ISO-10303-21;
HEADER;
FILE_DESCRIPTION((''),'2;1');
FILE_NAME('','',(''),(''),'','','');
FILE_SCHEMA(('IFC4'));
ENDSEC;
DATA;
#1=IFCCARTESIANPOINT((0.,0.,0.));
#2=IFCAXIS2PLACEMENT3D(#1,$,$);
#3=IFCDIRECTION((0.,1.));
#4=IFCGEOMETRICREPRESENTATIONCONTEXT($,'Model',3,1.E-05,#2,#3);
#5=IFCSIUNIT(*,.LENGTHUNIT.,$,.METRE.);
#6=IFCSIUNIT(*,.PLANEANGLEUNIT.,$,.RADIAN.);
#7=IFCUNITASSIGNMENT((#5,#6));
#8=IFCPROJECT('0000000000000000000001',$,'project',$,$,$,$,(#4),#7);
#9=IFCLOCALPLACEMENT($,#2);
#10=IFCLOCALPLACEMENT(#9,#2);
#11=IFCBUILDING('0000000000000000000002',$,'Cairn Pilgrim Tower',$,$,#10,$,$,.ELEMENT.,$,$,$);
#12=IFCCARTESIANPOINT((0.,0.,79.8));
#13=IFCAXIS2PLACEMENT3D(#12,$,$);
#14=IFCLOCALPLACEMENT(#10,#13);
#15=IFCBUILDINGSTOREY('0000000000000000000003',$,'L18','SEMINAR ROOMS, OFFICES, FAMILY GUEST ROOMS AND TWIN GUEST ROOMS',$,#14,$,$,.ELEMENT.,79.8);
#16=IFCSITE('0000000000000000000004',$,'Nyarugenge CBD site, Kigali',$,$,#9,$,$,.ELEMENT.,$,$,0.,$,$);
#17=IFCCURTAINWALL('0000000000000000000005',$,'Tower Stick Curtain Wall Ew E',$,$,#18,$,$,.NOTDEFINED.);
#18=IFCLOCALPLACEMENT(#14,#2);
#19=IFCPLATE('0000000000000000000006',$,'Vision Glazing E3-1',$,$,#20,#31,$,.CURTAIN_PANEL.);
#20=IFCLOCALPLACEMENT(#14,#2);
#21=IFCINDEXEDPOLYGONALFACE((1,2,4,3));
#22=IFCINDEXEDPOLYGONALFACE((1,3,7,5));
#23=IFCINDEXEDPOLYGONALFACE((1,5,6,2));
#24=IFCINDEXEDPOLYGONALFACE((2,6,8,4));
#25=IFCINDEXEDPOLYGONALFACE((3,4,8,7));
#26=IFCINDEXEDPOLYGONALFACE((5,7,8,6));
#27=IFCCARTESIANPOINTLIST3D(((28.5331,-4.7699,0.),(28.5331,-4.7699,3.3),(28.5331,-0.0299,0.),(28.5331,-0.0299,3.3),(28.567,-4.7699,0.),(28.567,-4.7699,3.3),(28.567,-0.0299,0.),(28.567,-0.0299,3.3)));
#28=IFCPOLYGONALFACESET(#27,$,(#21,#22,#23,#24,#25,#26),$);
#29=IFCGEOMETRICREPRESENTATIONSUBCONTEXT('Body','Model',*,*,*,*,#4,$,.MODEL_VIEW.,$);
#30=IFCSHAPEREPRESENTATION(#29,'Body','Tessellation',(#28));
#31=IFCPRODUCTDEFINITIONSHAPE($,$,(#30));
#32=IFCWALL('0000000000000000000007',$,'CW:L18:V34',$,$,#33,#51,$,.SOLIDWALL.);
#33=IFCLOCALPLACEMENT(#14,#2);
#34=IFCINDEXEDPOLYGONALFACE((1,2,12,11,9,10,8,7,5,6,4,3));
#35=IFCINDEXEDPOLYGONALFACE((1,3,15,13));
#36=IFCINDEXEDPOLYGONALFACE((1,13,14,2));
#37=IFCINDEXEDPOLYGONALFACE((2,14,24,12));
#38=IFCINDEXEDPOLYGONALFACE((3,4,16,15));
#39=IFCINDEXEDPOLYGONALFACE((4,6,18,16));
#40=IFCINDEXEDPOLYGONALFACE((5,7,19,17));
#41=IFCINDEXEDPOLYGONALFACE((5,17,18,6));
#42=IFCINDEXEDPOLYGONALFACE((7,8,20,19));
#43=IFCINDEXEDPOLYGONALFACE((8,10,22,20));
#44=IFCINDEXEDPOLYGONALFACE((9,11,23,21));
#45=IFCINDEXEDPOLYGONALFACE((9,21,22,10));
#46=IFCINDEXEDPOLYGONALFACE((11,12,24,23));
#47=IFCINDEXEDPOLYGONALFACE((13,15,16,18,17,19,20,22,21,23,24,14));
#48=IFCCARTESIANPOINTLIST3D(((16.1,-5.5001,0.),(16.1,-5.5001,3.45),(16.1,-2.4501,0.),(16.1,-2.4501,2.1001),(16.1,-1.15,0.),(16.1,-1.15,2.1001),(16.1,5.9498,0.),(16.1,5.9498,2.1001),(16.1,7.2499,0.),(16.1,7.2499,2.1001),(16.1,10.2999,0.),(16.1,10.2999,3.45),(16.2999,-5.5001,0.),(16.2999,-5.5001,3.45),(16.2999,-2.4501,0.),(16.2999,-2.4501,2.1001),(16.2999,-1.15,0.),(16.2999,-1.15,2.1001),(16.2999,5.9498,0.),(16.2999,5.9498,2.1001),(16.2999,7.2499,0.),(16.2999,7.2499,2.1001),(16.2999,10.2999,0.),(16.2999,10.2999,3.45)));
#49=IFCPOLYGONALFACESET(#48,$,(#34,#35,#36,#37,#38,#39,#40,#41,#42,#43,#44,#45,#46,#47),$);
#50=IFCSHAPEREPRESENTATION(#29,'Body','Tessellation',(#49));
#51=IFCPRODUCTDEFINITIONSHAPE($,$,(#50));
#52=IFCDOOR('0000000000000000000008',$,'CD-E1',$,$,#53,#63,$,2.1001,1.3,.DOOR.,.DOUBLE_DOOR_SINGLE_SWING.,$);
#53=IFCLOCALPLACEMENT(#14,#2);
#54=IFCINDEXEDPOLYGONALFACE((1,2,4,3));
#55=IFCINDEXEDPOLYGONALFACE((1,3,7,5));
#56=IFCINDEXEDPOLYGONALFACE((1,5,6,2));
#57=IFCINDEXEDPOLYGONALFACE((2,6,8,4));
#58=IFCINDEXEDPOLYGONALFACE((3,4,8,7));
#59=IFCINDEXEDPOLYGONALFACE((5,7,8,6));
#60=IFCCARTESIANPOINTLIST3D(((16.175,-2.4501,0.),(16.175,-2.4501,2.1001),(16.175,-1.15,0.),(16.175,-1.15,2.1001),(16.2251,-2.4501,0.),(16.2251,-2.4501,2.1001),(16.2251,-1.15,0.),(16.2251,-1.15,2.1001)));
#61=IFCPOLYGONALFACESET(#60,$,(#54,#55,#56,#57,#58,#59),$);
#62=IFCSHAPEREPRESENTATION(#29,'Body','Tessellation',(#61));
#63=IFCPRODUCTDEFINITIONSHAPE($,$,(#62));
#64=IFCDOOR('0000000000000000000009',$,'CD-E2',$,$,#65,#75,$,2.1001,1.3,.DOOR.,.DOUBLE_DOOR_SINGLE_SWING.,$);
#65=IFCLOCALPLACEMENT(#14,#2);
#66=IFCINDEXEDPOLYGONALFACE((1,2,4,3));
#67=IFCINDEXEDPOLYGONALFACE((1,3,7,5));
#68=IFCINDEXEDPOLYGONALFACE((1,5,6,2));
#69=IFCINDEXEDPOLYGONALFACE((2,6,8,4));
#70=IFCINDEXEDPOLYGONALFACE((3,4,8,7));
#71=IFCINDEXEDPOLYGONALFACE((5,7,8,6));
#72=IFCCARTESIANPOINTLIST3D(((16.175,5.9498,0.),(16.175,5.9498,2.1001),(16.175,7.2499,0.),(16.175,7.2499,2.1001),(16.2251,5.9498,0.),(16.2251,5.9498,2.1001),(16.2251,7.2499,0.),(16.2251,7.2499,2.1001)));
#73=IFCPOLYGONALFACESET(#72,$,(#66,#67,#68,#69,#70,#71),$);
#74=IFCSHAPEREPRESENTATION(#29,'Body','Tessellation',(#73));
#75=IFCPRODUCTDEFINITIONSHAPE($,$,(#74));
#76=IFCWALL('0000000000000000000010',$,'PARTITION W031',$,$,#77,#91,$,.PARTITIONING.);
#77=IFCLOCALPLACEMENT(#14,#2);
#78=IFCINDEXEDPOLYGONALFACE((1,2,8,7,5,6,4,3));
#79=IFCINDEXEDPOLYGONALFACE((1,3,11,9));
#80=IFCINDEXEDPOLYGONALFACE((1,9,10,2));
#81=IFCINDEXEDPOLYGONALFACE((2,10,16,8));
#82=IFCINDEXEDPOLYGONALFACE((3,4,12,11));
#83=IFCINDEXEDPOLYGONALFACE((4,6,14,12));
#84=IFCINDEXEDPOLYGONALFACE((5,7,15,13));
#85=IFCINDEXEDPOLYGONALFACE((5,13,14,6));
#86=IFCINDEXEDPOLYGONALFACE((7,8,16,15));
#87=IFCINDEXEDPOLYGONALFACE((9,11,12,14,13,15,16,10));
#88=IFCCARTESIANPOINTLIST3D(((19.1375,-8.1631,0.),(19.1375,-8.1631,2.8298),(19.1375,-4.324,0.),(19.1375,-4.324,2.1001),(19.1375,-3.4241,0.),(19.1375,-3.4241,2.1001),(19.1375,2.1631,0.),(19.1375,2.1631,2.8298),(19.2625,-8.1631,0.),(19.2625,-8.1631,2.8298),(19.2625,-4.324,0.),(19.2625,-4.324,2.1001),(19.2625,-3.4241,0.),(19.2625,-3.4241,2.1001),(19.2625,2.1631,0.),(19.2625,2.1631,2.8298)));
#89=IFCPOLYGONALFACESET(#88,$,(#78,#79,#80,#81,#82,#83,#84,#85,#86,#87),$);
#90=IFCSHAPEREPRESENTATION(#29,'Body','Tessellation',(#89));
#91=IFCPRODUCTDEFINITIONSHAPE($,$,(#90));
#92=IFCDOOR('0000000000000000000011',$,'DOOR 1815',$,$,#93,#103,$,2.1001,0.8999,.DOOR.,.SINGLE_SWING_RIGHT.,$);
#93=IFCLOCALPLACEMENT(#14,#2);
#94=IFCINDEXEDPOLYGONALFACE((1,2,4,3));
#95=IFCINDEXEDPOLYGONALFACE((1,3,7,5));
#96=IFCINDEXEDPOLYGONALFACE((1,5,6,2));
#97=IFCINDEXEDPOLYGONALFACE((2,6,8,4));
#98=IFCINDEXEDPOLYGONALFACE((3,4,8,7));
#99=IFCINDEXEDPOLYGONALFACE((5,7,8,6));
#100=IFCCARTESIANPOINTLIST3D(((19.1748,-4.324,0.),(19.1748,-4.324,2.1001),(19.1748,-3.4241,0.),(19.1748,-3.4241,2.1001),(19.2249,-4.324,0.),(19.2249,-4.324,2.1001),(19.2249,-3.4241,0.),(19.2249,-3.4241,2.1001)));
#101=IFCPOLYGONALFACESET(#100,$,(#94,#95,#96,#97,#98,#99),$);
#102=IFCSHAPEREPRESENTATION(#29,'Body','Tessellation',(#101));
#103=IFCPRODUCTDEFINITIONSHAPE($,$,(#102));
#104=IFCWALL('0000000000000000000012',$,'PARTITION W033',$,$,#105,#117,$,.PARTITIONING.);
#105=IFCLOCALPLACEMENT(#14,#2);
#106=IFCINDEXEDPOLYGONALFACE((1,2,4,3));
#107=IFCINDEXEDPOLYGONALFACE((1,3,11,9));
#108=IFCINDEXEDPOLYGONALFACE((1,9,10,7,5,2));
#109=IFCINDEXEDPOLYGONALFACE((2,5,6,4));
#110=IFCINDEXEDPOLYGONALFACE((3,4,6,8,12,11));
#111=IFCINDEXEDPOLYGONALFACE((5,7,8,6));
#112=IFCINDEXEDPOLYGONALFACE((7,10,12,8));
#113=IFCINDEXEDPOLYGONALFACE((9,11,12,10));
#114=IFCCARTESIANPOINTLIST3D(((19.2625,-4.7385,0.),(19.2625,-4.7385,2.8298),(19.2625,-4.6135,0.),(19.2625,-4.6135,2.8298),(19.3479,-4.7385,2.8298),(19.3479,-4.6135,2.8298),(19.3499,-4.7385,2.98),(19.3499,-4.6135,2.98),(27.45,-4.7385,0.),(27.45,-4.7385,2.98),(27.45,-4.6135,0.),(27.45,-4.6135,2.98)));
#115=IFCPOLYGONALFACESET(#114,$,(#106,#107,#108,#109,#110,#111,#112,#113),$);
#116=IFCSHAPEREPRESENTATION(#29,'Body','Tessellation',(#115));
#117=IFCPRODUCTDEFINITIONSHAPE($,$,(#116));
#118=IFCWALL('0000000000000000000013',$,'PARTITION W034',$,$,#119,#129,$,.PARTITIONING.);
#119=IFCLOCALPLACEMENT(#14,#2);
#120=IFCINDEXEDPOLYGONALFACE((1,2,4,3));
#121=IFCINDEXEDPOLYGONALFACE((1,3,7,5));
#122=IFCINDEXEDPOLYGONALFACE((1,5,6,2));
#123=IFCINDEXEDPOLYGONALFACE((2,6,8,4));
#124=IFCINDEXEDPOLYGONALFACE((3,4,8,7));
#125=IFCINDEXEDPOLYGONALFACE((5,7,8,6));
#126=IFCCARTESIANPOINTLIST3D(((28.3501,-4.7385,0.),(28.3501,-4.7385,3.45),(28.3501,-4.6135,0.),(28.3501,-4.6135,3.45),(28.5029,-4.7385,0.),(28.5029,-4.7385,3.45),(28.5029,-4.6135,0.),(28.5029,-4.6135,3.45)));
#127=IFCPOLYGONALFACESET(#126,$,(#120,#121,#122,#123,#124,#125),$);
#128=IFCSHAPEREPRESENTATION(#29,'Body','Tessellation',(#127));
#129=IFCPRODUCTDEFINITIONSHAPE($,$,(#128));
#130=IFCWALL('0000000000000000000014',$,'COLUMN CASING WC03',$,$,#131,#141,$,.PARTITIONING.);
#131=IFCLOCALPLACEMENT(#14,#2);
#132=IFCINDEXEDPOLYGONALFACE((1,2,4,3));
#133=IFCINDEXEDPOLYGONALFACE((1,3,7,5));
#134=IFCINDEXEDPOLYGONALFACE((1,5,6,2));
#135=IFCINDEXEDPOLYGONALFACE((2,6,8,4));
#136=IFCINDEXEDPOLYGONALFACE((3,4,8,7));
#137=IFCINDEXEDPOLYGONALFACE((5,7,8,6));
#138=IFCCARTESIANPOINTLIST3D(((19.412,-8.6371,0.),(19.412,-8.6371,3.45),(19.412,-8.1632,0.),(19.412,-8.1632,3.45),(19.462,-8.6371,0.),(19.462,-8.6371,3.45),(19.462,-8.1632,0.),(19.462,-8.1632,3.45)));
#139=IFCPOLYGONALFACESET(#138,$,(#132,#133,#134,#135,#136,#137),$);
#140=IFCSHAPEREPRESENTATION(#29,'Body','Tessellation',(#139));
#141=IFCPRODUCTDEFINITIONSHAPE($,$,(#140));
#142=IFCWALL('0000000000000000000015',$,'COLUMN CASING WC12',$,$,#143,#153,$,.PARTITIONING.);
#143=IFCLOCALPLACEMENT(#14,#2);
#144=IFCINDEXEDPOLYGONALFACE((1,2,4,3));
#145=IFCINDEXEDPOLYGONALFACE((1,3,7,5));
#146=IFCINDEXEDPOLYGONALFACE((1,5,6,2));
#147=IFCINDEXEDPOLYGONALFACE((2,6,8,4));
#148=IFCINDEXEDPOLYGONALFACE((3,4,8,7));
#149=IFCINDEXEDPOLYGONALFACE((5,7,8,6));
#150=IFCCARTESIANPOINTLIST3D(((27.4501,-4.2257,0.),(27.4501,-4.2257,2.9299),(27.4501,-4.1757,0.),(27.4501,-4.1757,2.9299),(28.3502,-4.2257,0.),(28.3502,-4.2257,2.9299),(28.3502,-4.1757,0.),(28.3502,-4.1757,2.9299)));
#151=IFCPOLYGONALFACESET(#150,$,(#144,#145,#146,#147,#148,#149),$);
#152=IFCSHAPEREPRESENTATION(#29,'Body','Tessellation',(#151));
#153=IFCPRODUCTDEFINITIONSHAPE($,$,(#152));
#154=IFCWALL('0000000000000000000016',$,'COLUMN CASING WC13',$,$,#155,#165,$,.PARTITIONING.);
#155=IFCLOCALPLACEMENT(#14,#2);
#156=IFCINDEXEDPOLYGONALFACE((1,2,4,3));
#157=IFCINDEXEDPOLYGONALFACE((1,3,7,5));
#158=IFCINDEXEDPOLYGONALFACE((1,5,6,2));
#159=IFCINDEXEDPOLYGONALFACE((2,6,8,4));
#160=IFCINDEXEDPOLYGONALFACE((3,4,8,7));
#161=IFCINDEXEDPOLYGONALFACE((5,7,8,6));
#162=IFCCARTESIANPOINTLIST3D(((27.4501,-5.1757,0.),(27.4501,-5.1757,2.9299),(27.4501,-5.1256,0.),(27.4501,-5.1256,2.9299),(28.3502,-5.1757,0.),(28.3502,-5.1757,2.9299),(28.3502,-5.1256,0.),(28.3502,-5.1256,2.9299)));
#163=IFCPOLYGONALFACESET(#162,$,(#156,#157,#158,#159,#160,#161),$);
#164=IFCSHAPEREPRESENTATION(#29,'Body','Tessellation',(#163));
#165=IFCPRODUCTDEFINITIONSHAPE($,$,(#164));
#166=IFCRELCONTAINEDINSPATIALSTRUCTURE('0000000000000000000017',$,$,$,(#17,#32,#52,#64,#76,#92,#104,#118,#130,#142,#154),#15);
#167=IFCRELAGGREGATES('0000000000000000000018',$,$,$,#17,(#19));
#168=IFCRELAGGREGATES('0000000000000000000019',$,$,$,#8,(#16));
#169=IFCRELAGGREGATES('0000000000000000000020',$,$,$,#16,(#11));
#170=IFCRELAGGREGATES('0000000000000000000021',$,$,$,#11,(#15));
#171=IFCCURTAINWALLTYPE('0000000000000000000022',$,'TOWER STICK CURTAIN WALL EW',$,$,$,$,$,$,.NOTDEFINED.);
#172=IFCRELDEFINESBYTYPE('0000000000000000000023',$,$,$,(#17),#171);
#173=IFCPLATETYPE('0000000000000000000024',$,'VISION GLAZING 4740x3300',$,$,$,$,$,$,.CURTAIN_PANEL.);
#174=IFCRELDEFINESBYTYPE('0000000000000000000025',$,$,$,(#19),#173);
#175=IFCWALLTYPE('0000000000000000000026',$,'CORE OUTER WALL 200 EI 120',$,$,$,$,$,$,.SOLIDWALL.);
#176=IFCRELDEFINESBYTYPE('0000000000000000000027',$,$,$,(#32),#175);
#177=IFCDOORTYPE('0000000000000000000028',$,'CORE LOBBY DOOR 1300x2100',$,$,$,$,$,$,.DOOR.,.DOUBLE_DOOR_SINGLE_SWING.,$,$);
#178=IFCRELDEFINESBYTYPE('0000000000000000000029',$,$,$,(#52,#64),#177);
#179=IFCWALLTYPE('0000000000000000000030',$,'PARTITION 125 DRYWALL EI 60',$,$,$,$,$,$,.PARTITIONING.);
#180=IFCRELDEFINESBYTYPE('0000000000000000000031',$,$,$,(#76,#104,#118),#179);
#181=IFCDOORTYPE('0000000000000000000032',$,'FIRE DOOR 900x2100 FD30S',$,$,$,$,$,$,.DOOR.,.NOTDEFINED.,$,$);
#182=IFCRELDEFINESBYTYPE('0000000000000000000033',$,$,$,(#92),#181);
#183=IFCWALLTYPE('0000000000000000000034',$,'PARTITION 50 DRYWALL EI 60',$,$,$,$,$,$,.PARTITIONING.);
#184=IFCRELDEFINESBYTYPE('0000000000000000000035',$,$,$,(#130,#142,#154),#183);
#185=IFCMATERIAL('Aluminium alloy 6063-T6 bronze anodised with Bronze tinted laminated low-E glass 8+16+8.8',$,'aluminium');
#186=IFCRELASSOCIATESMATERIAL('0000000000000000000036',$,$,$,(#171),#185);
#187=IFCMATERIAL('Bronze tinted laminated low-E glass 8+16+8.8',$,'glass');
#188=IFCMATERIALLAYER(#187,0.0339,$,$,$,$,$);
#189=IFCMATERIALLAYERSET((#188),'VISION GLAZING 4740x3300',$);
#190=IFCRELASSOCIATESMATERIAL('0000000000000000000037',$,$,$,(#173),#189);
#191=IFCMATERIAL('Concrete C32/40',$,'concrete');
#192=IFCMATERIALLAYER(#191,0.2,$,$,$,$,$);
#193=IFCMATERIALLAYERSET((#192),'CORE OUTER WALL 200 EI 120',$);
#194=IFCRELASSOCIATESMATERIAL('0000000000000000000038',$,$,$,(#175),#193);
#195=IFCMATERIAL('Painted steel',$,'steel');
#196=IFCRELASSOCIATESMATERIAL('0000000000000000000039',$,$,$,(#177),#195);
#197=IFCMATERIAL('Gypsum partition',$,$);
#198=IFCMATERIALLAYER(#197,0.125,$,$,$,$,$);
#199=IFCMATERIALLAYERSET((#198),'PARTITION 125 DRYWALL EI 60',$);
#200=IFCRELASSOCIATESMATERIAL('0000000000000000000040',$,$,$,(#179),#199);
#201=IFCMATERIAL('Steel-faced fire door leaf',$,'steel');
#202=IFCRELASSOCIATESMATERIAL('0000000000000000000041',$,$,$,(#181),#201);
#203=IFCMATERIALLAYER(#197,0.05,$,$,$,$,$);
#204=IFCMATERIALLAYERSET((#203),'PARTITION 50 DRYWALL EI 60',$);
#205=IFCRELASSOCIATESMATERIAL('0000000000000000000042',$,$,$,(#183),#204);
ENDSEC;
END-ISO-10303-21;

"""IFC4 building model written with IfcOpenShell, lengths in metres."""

from ifc_helpers import new_model, si_unit, direction, frame, frame_2d, origin, origin_2d, place, context, subcontext, project, spatial, polyline, rectangle, outline, extrude, material, layer, layer_set, type_object, element, fill, aggregate, save


model = new_model("IFC4")

# Units and contexts
model_context = context("Model", 3, precision=1e-05, world=origin(), true_north=direction((0.0, 1.0)))
body_context = subcontext(model_context, "Body", "Model", "MODEL_VIEW")
ifc_project = project(units=[si_unit("LENGTHUNIT", "METRE"), si_unit("PLANEANGLEUNIT", "RADIAN")], contexts=[model_context])

# Site, building, storey
site_placement = place(None, origin())
site = spatial("IfcSite", under=ifc_project, at=site_placement, Name="Nyarugenge CBD site, Kigali", CompositionType="ELEMENT", RefElevation=0.0)
building_placement = place(site_placement, origin())
building = spatial("IfcBuilding", under=site, at=building_placement, Name="Cairn Pilgrim Tower", CompositionType="ELEMENT")
storey_placement = place(building_placement, frame((0.0, 0.0, 79.8)))
storey = spatial("IfcBuildingStorey", under=building, at=storey_placement, Name="L18", Description="SEMINAR ROOMS, OFFICES, FAMILY GUEST ROOMS AND TWIN GUEST ROOMS", CompositionType="ELEMENT", Elevation=79.8)

# Curtain wall
ifc_material_1 = material(Name="Aluminium alloy 6063-T6 bronze anodised with Bronze tinted laminated low-E glass 8+16+8.8", Category="aluminium")
curtain_wall_type = type_object("IfcCurtainWallType", Name="TOWER STICK CURTAIN WALL EW", PredefinedType="NOTDEFINED", material=ifc_material_1)
curtain_wall_placement = place(storey_placement, origin())
curtain_wall = element("IfcCurtainWall", 1, at=curtain_wall_placement, inside=storey, type_object=curtain_wall_type, Name="Tower Stick Curtain Wall Ew E", PredefinedType="NOTDEFINED")

# Plate
ifc_material_2 = material(Name="Bronze tinted laminated low-E glass 8+16+8.8", Category="glass")
ifc_layer_1 = layer(ifc_material_2, 0.0339)
ifc_layer_set_1 = layer_set([ifc_layer_1], Name="VISION GLAZING 4740x3300")
plate_type_1 = type_object("IfcPlateType", Name="VISION GLAZING 4740x3300", PredefinedType="CURTAIN_PANEL", material=ifc_layer_set_1)
plate_1_placement = place(storey_placement, frame((28.55, -2.3999, 0.0), z_axis=(0.0, 0.0, 1.0), x_axis=(0.0, 1.0, 0.0)))
plate_1 = element("IfcPlate", 2, at=plate_1_placement, type_object=plate_type_1, Name="Vision Glazing E3-1", PredefinedType="CURTAIN_PANEL", context=body_context, shape_type="SweptSolid", body=[
    extrude(rectangle(XDim=4.74, YDim=0.0339, at=origin_2d()), origin(), (0.0, 0.0, 1.0), 3.3),
])
aggregate(curtain_wall, [plate_1])

# Wall, openings, doors
ifc_material_3 = material(Name="Concrete C32/40", Category="concrete")
ifc_layer_2 = layer(ifc_material_3, 0.2)
ifc_layer_set_2 = layer_set([ifc_layer_2], Name="CORE OUTER WALL 200 EI 120")
wall_type_1 = type_object("IfcWallType", Name="CORE OUTER WALL 200 EI 120", PredefinedType="SOLIDWALL", material=ifc_layer_set_2)
wall_1_placement = place(storey_placement, frame((16.2, -5.5, 0.0), z_axis=(0.0, 0.0, 1.0), x_axis=(0.0, 1.0, 0.0)))
wall_1 = element("IfcWall", 3, at=wall_1_placement, inside=storey, type_object=wall_type_1, Name="CW:L18:V34", PredefinedType="SOLIDWALL", context=body_context, shape_type="SweptSolid", body=[
    extrude(rectangle(XDim=15.8, YDim=0.2, at=frame_2d((7.8999, 0.0))), origin(), (0.0, 0.0, 1.0), 3.45),
])
opening_1_placement = place(wall_1_placement, frame((3.05, 0.0, 0.0)))
opening_1 = element("IfcOpeningElement", 4, at=opening_1_placement, cuts=wall_1, PredefinedType="OPENING", context=body_context, shape_type="SweptSolid", body=[
    extrude(rectangle(XDim=1.3, YDim=2.1001, at=frame_2d((0.6499, 1.05))), frame((0.0, 0.1099, 0.0), z_axis=(0.0, -1.0, 0.0), x_axis=(1.0, 0.0, 0.0)), (0.0, 0.0, 1.0), 0.22),
])
opening_2_placement = place(wall_1_placement, frame((11.45, 0.0, 0.0)))
opening_2 = element("IfcOpeningElement", 5, at=opening_2_placement, cuts=wall_1, PredefinedType="OPENING", context=body_context, shape_type="SweptSolid", body=[
    extrude(rectangle(XDim=1.3, YDim=2.1001, at=frame_2d((0.6499, 1.05))), frame((0.0, 0.1099, 0.0), z_axis=(0.0, -1.0, 0.0), x_axis=(1.0, 0.0, 0.0)), (0.0, 0.0, 1.0), 0.22),
])
ifc_material_4 = material(Name="Painted steel", Category="steel")
door_type_1 = type_object("IfcDoorType", Name="CORE LOBBY DOOR 1300x2100", OperationType="DOUBLE_DOOR_SINGLE_SWING", PredefinedType="DOOR", material=ifc_material_4)
door_1_placement = place(opening_1_placement, origin())
door_1 = element("IfcDoor", 6, at=door_1_placement, inside=storey, type_object=door_type_1, Name="CD-E1", OperationType="DOUBLE_DOOR_SINGLE_SWING", OverallHeight=2.1001, OverallWidth=1.3, PredefinedType="DOOR", context=body_context, shape_type="SweptSolid", body=[
    extrude(rectangle(XDim=1.3, YDim=2.1001, at=frame_2d((0.6499, 1.05))), frame((0.0, 0.0249, 0.0), z_axis=(0.0, -1.0, 0.0), x_axis=(1.0, 0.0, 0.0)), (0.0, 0.0, 1.0), 0.05),
])
fill(opening_1, door_1)
door_2_placement = place(opening_2_placement, origin())
door_2 = element("IfcDoor", 7, at=door_2_placement, inside=storey, type_object=door_type_1, Name="CD-E2", OperationType="DOUBLE_DOOR_SINGLE_SWING", OverallHeight=2.1001, OverallWidth=1.3, PredefinedType="DOOR", context=body_context, shape_type="SweptSolid", body=[
    extrude(rectangle(XDim=1.3, YDim=2.1001, at=frame_2d((0.6499, 1.05))), frame((0.0, 0.0249, 0.0), z_axis=(0.0, -1.0, 0.0), x_axis=(1.0, 0.0, 0.0)), (0.0, 0.0, 1.0), 0.05),
])
fill(opening_2, door_2)

# Wall, opening, door
ifc_material_5 = material(Name="Gypsum partition")
ifc_layer_3 = layer(ifc_material_5, 0.125)
ifc_layer_set_3 = layer_set([ifc_layer_3], Name="PARTITION 125 DRYWALL EI 60")
wall_type_2 = type_object("IfcWallType", Name="PARTITION 125 DRYWALL EI 60", PredefinedType="PARTITIONING", material=ifc_layer_set_3)
wall_2_placement = place(storey_placement, frame((19.2, -8.1631, 0.0), z_axis=(0.0, 0.0, 1.0), x_axis=(0.0, 1.0, 0.0)))
wall_2 = element("IfcWall", 8, at=wall_2_placement, inside=storey, type_object=wall_type_2, Name="PARTITION W031", PredefinedType="PARTITIONING", context=body_context, shape_type="SweptSolid", body=[
    extrude(rectangle(XDim=10.3262, YDim=0.125, at=frame_2d((5.1631, 0.0))), origin(), (0.0, 0.0, 1.0), 2.8298),
])
opening_3_placement = place(wall_2_placement, frame((3.8391, 0.0, 0.0)))
opening_3 = element("IfcOpeningElement", 9, at=opening_3_placement, cuts=wall_2, PredefinedType="OPENING", context=body_context, shape_type="SweptSolid", body=[
    extrude(rectangle(XDim=0.8999, YDim=2.1001, at=frame_2d((0.45, 1.05))), frame((0.0, 0.0725, 0.0), z_axis=(0.0, -1.0, 0.0), x_axis=(1.0, 0.0, 0.0)), (0.0, 0.0, 1.0), 0.145),
])
ifc_material_6 = material(Name="Steel-faced fire door leaf", Category="steel")
door_type_2 = type_object("IfcDoorType", Name="FIRE DOOR 900x2100 FD30S", OperationType="NOTDEFINED", PredefinedType="DOOR", material=ifc_material_6)
door_3_placement = place(opening_3_placement, frame((0.8999, 0.0, 0.0), z_axis=(0.0, 0.0, 1.0), x_axis=(-1.0, 0.0, 0.0)))
door_3 = element("IfcDoor", 10, at=door_3_placement, inside=storey, type_object=door_type_2, Name="DOOR 1815", OperationType="SINGLE_SWING_RIGHT", OverallHeight=2.1001, OverallWidth=0.8999, PredefinedType="DOOR", context=body_context, shape_type="SweptSolid", body=[
    extrude(rectangle(XDim=0.8999, YDim=2.1001, at=frame_2d((0.45, 1.05))), frame((0.0, 0.0249, 0.0), z_axis=(0.0, -1.0, 0.0), x_axis=(1.0, 0.0, 0.0)), (0.0, 0.0, 1.0), 0.05),
])
fill(opening_3, door_3)

# Walls
wall_3_placement = place(storey_placement, frame((19.2625, -4.676, 0.0), z_axis=(0.0, 0.0, 1.0), x_axis=(1.0, 0.0, 0.0)))
element("IfcWall", 11, at=wall_3_placement, inside=storey, type_object=wall_type_2, Name="PARTITION W033", PredefinedType="PARTITIONING", context=body_context, shape_type="SweptSolid", body=[
    extrude(outline(polyline([(0.0, 0.0), (8.1875, 0.0), (8.1875, 2.98), (0.0874, 2.98), (0.0854, 2.8298), (0.0, 2.8298), (0.0, 0.0)])), frame((0.0, 0.0625, 0.0), z_axis=(0.0, -1.0, 0.0), x_axis=(1.0, 0.0, 0.0)), (0.0, 0.0, 1.0), 0.125),
])
wall_4_placement = place(storey_placement, frame((28.3501, -4.676, 0.0), z_axis=(0.0, 0.0, 1.0), x_axis=(1.0, 0.0, 0.0)))
element("IfcWall", 12, at=wall_4_placement, inside=storey, type_object=wall_type_2, Name="PARTITION W034", PredefinedType="PARTITIONING", context=body_context, shape_type="SweptSolid", body=[
    extrude(rectangle(XDim=0.1528, YDim=0.125, at=frame_2d((0.0764, 0.0))), origin(), (0.0, 0.0, 1.0), 3.45),
])
ifc_layer_4 = layer(ifc_material_5, 0.05)
ifc_layer_set_4 = layer_set([ifc_layer_4], Name="PARTITION 50 DRYWALL EI 60")
wall_type_3 = type_object("IfcWallType", Name="PARTITION 50 DRYWALL EI 60", PredefinedType="PARTITIONING", material=ifc_layer_set_4)
wall_5_placement = place(storey_placement, frame((19.437, -8.637, 0.0), z_axis=(0.0, 0.0, 1.0), x_axis=(0.0, 1.0, 0.0)))
element("IfcWall", 13, at=wall_5_placement, inside=storey, type_object=wall_type_3, Name="COLUMN CASING WC03", PredefinedType="PARTITIONING", context=body_context, shape_type="SweptSolid", body=[
    extrude(rectangle(XDim=0.4739, YDim=0.05, at=frame_2d((0.2368, 0.0))), origin(), (0.0, 0.0, 1.0), 3.45),
])
for number, where, z_axis, x_axis, name in (
    (14, (27.45, -4.2007, 0.0), (0.0, 0.0, 1.0), (1.0, 0.0, 0.0), "COLUMN CASING WC12"),
    (15, (27.45, -5.1506, 0.0), (0.0, 0.0, 1.0), (1.0, 0.0, 0.0), "COLUMN CASING WC13"),
):
    element("IfcWall", number, at=place(storey_placement, frame(where, z_axis=z_axis, x_axis=x_axis)), inside=storey, type_object=wall_type_3, Name=name, PredefinedType="PARTITIONING", context=body_context, shape_type="SweptSolid", body=[
        extrude(rectangle(XDim=0.9001, YDim=0.05, at=frame_2d((0.4502, 0.0))), origin(), (0.0, 0.0, 1.0), 2.9299),
    ])

save(model, "model.ifc")
